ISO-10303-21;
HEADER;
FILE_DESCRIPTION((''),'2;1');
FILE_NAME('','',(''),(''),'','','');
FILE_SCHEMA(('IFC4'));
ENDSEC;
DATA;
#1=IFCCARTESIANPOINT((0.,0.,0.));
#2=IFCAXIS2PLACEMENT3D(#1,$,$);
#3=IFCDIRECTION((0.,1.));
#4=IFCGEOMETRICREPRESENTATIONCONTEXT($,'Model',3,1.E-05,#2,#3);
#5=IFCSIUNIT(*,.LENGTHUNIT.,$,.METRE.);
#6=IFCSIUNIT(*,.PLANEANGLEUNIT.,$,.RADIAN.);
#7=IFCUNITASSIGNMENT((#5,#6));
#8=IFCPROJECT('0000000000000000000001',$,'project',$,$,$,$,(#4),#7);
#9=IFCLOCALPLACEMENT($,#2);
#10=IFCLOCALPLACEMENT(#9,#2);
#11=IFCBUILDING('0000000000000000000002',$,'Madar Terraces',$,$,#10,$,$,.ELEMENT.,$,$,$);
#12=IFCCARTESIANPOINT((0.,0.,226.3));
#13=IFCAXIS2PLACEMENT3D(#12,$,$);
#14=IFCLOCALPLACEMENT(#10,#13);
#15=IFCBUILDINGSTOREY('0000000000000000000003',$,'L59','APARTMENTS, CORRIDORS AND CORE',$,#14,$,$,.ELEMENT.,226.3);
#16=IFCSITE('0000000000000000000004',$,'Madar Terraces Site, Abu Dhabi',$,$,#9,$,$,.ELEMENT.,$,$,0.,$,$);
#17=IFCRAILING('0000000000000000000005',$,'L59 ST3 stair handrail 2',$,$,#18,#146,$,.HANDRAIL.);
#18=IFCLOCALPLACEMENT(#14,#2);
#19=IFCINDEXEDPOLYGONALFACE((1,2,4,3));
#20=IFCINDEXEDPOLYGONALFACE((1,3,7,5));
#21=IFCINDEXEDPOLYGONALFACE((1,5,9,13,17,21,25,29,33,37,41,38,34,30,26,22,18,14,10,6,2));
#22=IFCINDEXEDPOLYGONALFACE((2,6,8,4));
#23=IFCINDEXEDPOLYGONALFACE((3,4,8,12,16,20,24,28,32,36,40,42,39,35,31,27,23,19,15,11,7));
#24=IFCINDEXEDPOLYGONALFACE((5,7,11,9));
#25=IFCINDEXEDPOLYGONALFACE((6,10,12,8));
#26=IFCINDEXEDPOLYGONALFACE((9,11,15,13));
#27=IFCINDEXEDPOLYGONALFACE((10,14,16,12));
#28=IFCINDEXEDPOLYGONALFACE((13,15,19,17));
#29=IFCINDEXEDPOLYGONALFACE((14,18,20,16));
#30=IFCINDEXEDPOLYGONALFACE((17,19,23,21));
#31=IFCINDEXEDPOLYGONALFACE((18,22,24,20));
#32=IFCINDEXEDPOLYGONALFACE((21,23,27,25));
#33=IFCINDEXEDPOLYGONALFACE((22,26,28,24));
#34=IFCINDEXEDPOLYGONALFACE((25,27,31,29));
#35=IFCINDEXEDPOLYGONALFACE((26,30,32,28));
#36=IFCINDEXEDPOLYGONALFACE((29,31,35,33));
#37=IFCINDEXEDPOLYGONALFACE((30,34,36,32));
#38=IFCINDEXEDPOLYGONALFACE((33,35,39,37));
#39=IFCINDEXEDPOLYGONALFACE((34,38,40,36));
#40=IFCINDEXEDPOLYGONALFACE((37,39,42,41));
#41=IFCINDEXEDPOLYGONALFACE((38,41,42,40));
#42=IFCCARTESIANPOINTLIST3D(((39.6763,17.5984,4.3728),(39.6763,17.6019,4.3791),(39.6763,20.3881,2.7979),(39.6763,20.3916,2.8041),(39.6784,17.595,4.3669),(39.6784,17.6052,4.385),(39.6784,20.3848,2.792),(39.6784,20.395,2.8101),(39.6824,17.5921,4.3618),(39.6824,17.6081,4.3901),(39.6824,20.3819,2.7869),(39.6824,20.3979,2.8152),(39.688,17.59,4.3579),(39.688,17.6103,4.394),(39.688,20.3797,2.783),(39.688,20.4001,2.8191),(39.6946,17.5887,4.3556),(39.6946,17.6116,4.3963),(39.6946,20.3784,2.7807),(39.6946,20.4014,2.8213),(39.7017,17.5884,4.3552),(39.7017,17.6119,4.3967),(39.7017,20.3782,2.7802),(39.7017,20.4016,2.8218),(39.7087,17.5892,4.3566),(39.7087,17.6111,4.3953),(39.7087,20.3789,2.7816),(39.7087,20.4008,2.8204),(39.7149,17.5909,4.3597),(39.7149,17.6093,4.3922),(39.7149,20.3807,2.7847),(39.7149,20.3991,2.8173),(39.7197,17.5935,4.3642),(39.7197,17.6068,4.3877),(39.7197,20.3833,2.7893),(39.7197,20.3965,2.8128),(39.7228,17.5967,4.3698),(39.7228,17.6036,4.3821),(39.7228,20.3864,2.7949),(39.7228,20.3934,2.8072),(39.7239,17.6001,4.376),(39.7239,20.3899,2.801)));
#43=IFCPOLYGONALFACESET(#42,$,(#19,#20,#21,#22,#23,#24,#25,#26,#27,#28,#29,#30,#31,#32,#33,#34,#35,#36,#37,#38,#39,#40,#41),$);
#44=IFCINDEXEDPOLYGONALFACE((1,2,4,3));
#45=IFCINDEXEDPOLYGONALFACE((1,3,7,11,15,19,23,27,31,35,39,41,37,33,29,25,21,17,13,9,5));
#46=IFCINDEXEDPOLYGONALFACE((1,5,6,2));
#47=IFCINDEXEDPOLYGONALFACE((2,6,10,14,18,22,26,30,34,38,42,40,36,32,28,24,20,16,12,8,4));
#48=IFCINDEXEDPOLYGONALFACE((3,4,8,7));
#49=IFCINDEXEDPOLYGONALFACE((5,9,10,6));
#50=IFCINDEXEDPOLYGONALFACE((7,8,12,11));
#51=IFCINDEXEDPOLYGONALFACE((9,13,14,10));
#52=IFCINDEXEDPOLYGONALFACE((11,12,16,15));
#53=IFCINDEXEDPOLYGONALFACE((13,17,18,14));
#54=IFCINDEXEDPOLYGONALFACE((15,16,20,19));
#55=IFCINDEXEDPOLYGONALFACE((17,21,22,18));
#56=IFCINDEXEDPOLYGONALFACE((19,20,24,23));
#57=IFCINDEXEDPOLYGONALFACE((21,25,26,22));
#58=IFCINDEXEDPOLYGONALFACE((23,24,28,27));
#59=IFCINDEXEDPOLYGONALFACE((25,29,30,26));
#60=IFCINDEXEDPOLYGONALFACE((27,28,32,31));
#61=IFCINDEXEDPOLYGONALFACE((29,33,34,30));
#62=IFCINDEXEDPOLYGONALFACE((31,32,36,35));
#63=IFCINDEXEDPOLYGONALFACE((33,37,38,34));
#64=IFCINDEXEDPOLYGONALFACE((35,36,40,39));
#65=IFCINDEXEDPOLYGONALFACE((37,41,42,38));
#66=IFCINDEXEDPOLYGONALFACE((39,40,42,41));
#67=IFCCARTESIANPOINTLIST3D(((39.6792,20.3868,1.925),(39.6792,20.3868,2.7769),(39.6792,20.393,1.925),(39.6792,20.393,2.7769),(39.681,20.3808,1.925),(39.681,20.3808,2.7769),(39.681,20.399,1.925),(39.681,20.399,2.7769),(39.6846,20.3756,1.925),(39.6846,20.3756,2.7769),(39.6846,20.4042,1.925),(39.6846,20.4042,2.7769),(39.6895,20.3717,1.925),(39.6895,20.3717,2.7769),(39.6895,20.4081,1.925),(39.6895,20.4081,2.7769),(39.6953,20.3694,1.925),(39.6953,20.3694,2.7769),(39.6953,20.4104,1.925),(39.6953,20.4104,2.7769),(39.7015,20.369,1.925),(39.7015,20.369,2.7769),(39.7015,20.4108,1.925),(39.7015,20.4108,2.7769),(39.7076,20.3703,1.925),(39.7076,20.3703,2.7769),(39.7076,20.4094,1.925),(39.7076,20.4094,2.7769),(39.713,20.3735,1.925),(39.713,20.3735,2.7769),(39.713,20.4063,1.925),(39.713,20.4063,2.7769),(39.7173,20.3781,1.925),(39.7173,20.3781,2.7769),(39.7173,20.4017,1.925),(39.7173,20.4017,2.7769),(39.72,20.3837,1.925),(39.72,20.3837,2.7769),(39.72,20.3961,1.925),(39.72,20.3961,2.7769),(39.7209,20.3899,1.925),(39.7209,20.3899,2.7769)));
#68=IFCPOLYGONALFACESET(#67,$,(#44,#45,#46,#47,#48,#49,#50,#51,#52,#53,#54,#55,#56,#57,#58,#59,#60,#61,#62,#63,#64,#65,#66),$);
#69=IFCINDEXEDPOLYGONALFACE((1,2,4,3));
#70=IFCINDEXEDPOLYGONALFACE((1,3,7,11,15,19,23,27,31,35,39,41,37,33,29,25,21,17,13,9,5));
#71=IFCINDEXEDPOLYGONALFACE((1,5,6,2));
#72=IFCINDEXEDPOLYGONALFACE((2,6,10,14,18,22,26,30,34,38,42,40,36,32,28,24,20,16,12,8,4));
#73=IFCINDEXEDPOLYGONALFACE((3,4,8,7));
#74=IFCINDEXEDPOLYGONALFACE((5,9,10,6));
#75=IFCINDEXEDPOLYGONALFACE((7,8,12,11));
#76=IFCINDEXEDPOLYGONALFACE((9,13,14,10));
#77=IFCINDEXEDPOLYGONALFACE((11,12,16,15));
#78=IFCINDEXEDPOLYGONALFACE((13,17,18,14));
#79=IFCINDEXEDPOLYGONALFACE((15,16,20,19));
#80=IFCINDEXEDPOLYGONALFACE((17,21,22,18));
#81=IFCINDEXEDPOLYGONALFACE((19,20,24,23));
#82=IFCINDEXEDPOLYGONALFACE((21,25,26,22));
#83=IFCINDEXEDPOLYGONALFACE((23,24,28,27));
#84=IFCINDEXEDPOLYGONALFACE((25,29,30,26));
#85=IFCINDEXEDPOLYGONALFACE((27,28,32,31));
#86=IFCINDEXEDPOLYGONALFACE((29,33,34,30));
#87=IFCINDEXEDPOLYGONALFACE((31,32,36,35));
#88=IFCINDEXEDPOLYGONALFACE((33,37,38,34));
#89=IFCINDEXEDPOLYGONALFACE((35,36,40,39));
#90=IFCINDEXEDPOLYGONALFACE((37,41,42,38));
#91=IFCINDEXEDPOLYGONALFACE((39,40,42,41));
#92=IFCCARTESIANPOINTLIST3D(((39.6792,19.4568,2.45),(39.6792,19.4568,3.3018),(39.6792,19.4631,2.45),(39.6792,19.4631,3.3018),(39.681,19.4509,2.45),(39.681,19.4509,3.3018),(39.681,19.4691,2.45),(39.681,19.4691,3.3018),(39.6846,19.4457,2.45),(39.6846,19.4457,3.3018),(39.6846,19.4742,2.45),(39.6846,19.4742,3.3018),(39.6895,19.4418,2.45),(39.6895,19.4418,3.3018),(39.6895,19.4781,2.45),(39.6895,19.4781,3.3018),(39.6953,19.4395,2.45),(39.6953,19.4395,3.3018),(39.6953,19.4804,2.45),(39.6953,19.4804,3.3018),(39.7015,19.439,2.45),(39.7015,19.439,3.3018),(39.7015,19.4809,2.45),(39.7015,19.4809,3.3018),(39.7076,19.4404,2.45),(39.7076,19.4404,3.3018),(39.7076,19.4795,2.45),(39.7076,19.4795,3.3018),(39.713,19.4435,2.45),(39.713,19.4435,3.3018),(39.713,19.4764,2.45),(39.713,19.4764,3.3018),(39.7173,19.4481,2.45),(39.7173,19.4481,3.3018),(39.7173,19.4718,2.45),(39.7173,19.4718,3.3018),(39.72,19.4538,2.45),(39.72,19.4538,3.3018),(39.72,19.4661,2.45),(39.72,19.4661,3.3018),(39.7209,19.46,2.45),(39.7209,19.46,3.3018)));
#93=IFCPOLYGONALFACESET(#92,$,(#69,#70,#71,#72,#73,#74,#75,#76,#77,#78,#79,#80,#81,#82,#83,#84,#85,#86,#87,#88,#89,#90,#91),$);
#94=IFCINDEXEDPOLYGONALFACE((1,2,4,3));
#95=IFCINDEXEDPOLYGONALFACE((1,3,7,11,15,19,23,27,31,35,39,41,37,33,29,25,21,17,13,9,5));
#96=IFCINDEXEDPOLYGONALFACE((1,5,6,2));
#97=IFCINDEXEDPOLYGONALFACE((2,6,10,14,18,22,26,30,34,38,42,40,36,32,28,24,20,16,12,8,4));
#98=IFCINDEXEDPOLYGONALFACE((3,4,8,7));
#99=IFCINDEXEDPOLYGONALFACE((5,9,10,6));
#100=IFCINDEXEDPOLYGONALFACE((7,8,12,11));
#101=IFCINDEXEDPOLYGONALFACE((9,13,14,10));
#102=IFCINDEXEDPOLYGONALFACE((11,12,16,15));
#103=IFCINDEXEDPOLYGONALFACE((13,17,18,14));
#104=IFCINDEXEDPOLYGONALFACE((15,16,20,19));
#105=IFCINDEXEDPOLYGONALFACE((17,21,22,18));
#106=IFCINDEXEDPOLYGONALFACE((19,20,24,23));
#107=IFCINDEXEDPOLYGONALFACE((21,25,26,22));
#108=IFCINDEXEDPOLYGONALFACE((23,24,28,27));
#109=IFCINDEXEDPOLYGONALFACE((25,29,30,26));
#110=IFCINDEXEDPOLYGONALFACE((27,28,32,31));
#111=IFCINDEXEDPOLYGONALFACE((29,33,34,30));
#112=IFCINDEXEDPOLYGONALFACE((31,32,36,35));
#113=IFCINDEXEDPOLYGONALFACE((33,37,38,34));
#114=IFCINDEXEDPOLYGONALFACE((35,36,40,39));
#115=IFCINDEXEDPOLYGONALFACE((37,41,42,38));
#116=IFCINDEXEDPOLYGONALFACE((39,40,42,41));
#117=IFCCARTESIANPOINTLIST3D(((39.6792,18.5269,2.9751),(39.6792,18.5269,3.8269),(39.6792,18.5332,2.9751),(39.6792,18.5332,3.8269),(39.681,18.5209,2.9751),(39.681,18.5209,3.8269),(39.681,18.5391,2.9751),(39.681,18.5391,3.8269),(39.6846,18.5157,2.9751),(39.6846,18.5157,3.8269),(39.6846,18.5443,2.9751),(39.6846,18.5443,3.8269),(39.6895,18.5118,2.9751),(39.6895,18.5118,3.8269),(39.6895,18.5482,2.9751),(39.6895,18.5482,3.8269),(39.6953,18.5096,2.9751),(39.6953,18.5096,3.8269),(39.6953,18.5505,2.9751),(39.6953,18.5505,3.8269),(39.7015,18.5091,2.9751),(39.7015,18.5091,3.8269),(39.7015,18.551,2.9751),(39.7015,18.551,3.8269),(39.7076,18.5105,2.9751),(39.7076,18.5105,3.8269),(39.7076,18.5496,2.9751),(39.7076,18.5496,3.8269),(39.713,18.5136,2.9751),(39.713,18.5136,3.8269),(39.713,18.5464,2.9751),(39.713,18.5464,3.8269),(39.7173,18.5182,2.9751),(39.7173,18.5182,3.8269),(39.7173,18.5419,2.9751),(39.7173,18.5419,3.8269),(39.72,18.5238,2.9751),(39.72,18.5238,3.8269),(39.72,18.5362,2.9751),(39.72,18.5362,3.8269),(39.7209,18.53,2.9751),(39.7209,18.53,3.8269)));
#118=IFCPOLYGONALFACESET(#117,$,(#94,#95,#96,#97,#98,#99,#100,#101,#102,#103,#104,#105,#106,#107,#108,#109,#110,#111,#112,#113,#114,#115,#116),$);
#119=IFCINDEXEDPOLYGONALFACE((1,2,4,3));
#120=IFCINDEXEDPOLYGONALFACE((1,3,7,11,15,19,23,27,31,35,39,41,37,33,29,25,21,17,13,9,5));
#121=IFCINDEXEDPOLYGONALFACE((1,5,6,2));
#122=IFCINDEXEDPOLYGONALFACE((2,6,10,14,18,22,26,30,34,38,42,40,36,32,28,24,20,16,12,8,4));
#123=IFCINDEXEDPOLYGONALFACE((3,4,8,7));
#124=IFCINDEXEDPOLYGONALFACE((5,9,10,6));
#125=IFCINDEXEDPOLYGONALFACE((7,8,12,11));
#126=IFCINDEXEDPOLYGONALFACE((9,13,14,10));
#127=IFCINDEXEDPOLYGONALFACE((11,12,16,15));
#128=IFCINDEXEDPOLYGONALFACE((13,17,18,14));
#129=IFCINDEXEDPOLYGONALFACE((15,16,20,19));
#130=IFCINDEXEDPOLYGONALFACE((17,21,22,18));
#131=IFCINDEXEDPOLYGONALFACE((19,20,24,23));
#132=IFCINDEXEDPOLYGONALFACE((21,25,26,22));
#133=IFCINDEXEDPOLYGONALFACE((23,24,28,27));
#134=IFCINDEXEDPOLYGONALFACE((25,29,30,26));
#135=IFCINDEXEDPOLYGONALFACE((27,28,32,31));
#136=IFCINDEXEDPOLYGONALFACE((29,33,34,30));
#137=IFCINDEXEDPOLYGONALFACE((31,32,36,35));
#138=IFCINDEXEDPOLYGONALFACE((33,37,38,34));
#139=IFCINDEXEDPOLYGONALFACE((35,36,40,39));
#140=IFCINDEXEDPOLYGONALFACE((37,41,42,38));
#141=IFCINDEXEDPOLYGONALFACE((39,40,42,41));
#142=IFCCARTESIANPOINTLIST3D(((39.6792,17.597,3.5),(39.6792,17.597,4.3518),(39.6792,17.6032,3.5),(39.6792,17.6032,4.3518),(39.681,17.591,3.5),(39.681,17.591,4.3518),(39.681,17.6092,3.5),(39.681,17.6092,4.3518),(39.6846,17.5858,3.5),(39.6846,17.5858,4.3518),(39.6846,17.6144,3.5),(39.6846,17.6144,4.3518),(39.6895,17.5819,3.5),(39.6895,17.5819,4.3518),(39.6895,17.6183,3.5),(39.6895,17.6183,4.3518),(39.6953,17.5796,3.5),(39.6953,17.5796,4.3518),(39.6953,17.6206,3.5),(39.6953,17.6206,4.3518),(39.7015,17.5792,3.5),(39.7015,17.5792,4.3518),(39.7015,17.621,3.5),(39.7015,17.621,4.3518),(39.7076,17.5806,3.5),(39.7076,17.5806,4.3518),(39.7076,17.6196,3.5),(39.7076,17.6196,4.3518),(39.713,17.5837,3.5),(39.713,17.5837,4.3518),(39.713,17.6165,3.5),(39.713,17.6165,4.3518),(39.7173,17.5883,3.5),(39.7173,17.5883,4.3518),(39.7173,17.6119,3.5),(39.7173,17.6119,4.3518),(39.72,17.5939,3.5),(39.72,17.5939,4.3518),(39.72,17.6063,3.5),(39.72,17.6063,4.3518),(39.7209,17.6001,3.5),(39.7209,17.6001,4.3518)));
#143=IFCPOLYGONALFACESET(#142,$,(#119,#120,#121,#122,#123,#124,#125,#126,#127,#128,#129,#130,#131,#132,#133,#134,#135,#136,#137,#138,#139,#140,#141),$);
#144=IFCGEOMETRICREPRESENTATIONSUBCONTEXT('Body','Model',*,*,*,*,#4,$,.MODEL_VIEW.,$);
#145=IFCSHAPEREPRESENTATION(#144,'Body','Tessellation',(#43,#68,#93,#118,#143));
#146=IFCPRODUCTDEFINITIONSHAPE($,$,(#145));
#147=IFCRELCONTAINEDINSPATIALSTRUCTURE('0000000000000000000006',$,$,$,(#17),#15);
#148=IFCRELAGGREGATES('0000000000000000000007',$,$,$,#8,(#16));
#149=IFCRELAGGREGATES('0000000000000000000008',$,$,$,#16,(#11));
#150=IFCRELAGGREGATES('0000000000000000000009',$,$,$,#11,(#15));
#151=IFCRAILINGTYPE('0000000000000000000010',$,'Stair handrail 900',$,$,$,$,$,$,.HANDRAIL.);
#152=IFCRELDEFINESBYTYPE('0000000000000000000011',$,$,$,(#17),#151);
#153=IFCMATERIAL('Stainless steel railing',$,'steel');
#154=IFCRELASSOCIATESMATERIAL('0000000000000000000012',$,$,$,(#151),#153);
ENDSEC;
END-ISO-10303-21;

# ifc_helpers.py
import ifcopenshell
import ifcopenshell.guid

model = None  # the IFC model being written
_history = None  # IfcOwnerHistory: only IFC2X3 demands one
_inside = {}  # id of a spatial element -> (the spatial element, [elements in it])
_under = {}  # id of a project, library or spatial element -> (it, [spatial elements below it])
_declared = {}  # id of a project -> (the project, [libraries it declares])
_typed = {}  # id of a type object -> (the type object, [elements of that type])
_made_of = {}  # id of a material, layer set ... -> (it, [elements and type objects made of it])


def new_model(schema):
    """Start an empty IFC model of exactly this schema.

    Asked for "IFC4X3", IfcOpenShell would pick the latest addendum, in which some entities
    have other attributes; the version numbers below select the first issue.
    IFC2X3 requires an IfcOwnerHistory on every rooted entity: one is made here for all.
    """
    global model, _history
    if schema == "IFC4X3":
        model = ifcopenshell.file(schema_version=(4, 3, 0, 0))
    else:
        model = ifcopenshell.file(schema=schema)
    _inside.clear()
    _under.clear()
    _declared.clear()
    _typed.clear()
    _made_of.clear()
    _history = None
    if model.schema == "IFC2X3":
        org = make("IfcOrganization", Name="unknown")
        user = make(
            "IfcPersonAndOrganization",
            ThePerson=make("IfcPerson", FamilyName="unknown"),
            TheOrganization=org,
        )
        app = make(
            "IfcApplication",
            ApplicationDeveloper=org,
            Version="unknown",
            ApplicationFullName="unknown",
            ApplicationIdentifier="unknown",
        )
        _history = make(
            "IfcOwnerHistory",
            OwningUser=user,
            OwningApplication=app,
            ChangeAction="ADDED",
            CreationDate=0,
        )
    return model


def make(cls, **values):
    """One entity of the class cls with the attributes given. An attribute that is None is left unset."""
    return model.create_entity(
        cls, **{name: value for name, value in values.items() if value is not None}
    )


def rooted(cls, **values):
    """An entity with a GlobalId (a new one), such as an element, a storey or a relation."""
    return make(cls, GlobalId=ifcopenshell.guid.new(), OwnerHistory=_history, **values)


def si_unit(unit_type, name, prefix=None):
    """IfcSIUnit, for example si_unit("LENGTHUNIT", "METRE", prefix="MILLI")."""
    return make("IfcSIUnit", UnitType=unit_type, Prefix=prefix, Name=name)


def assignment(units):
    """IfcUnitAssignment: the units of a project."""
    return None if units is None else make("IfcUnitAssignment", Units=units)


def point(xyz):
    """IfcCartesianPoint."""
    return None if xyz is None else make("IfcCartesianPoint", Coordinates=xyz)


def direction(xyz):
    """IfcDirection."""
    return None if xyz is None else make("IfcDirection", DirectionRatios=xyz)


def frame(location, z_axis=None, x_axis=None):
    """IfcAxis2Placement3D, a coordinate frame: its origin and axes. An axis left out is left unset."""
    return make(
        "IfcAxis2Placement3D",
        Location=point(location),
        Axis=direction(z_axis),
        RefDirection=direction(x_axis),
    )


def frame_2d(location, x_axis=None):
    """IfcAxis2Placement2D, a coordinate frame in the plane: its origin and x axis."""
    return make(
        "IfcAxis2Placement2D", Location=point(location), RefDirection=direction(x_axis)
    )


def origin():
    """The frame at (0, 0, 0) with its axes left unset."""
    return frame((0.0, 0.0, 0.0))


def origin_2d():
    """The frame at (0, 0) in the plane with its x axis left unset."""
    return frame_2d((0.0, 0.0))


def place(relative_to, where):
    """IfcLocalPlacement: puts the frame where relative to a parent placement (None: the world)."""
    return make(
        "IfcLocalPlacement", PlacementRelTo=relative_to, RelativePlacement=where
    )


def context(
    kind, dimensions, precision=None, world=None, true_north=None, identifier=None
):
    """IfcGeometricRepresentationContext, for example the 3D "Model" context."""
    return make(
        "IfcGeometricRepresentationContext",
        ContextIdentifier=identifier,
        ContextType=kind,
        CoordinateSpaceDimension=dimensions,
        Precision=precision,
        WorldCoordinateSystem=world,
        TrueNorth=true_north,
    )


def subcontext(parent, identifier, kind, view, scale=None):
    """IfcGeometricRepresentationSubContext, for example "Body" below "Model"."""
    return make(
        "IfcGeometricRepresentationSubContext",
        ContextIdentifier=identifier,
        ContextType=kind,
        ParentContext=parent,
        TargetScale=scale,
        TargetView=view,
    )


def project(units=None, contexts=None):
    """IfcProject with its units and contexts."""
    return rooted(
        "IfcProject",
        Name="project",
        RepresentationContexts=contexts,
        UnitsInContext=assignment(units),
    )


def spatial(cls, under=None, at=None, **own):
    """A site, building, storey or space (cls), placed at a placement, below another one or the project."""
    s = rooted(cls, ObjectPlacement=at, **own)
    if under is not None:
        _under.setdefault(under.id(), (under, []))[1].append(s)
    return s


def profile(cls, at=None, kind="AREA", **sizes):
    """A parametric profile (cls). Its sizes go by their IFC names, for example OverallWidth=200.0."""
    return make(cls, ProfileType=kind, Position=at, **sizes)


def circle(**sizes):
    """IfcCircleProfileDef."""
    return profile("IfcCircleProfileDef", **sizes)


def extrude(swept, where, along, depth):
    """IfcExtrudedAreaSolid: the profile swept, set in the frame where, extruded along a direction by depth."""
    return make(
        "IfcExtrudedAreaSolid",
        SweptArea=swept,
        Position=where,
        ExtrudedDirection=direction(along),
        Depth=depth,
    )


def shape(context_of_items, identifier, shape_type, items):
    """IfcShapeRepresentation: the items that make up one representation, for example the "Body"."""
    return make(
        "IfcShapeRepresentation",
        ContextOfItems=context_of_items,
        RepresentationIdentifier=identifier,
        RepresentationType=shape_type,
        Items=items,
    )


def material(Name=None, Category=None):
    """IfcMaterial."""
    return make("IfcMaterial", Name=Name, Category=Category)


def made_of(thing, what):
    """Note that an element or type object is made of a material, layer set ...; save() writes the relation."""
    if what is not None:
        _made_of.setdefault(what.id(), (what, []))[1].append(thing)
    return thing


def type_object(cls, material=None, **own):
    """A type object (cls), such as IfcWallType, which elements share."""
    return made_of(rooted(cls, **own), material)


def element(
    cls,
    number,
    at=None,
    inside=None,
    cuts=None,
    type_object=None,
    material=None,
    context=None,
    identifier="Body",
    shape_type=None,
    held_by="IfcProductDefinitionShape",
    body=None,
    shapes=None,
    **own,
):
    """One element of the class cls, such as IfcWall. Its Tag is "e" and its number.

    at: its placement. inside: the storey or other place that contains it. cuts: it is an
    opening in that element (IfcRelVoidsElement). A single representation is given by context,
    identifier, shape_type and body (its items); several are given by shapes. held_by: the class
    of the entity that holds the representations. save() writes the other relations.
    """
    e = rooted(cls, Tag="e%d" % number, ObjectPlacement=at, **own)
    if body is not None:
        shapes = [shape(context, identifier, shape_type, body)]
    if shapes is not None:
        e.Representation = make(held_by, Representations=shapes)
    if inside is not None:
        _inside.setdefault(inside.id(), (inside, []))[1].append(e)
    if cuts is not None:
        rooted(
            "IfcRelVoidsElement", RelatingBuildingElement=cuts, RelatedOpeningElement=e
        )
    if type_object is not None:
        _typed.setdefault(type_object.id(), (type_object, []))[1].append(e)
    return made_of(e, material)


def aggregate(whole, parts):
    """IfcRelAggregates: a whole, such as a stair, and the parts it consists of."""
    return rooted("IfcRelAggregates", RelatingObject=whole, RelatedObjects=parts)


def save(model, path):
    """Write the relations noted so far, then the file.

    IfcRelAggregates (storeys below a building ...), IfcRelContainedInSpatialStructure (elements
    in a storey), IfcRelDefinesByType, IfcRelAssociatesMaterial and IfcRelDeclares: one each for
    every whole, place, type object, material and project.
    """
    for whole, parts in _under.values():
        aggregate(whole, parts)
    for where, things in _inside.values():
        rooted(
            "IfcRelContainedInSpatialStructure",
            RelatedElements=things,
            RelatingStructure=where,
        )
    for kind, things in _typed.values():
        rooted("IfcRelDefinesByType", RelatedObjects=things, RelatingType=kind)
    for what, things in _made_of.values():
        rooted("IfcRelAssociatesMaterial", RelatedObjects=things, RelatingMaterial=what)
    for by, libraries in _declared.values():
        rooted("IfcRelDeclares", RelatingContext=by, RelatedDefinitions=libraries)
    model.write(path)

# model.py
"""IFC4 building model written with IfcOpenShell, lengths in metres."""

from ifc_helpers import new_model, si_unit, direction, frame, origin, origin_2d, place, context, subcontext, project, spatial, circle, extrude, material, type_object, element, save


model = new_model("IFC4")

# Units and contexts
model_context = context("Model", 3, precision=1e-05, world=origin(), true_north=direction((0.0, 1.0)))
body_context = subcontext(model_context, "Body", "Model", "MODEL_VIEW")
ifc_project = project(units=[si_unit("LENGTHUNIT", "METRE"), si_unit("PLANEANGLEUNIT", "RADIAN")], contexts=[model_context])

# Site, building, storey
site_placement = place(None, origin())
site = spatial("IfcSite", under=ifc_project, at=site_placement, Name="Madar Terraces Site, Abu Dhabi", CompositionType="ELEMENT", RefElevation=0.0)
building_placement = place(site_placement, origin())
building = spatial("IfcBuilding", under=site, at=building_placement, Name="Madar Terraces", CompositionType="ELEMENT")
storey_placement = place(building_placement, frame((0.0, 0.0, 226.3)))
storey = spatial("IfcBuildingStorey", under=building, at=storey_placement, Name="L59", Description="APARTMENTS, CORRIDORS AND CORE", CompositionType="ELEMENT", Elevation=226.3)

# Railing
ifc_material_1 = material(Name="Stainless steel railing", Category="steel")
railing_type_1 = type_object("IfcRailingType", Name="Stair handrail 900", PredefinedType="HANDRAIL", material=ifc_material_1)
railing_1_placement = place(storey_placement, frame((39.7, 20.3899, 1.925)))
element("IfcRailing", 1, at=railing_1_placement, inside=storey, type_object=railing_type_1, Name="L59 ST3 stair handrail 2", PredefinedType="HANDRAIL", context=body_context, shape_type="SweptSolid", body=[
    extrude(circle(Radius=0.0239, at=origin_2d()), frame((0.0, 0.0, 0.876), z_axis=(0.0, -0.870815, 0.49161), x_axis=(1.0, 0.0, 0.0)), (0.0, 0.0, 1.0), 3.2036),
    extrude(circle(Radius=0.021, at=origin_2d()), origin(), (0.0, 0.0, 1.0), 0.8518),
    extrude(circle(Radius=0.021, at=origin_2d()), frame((0.0, -0.9299, 0.5249)), (0.0, 0.0, 1.0), 0.8518),
    extrude(circle(Radius=0.021, at=origin_2d()), frame((0.0, -1.8599, 1.05)), (0.0, 0.0, 1.0), 0.8518),
    extrude(circle(Radius=0.021, at=origin_2d()), frame((0.0, -2.7898, 1.575)), (0.0, 0.0, 1.0), 0.8518),
])

save(model, "model.ifc")
